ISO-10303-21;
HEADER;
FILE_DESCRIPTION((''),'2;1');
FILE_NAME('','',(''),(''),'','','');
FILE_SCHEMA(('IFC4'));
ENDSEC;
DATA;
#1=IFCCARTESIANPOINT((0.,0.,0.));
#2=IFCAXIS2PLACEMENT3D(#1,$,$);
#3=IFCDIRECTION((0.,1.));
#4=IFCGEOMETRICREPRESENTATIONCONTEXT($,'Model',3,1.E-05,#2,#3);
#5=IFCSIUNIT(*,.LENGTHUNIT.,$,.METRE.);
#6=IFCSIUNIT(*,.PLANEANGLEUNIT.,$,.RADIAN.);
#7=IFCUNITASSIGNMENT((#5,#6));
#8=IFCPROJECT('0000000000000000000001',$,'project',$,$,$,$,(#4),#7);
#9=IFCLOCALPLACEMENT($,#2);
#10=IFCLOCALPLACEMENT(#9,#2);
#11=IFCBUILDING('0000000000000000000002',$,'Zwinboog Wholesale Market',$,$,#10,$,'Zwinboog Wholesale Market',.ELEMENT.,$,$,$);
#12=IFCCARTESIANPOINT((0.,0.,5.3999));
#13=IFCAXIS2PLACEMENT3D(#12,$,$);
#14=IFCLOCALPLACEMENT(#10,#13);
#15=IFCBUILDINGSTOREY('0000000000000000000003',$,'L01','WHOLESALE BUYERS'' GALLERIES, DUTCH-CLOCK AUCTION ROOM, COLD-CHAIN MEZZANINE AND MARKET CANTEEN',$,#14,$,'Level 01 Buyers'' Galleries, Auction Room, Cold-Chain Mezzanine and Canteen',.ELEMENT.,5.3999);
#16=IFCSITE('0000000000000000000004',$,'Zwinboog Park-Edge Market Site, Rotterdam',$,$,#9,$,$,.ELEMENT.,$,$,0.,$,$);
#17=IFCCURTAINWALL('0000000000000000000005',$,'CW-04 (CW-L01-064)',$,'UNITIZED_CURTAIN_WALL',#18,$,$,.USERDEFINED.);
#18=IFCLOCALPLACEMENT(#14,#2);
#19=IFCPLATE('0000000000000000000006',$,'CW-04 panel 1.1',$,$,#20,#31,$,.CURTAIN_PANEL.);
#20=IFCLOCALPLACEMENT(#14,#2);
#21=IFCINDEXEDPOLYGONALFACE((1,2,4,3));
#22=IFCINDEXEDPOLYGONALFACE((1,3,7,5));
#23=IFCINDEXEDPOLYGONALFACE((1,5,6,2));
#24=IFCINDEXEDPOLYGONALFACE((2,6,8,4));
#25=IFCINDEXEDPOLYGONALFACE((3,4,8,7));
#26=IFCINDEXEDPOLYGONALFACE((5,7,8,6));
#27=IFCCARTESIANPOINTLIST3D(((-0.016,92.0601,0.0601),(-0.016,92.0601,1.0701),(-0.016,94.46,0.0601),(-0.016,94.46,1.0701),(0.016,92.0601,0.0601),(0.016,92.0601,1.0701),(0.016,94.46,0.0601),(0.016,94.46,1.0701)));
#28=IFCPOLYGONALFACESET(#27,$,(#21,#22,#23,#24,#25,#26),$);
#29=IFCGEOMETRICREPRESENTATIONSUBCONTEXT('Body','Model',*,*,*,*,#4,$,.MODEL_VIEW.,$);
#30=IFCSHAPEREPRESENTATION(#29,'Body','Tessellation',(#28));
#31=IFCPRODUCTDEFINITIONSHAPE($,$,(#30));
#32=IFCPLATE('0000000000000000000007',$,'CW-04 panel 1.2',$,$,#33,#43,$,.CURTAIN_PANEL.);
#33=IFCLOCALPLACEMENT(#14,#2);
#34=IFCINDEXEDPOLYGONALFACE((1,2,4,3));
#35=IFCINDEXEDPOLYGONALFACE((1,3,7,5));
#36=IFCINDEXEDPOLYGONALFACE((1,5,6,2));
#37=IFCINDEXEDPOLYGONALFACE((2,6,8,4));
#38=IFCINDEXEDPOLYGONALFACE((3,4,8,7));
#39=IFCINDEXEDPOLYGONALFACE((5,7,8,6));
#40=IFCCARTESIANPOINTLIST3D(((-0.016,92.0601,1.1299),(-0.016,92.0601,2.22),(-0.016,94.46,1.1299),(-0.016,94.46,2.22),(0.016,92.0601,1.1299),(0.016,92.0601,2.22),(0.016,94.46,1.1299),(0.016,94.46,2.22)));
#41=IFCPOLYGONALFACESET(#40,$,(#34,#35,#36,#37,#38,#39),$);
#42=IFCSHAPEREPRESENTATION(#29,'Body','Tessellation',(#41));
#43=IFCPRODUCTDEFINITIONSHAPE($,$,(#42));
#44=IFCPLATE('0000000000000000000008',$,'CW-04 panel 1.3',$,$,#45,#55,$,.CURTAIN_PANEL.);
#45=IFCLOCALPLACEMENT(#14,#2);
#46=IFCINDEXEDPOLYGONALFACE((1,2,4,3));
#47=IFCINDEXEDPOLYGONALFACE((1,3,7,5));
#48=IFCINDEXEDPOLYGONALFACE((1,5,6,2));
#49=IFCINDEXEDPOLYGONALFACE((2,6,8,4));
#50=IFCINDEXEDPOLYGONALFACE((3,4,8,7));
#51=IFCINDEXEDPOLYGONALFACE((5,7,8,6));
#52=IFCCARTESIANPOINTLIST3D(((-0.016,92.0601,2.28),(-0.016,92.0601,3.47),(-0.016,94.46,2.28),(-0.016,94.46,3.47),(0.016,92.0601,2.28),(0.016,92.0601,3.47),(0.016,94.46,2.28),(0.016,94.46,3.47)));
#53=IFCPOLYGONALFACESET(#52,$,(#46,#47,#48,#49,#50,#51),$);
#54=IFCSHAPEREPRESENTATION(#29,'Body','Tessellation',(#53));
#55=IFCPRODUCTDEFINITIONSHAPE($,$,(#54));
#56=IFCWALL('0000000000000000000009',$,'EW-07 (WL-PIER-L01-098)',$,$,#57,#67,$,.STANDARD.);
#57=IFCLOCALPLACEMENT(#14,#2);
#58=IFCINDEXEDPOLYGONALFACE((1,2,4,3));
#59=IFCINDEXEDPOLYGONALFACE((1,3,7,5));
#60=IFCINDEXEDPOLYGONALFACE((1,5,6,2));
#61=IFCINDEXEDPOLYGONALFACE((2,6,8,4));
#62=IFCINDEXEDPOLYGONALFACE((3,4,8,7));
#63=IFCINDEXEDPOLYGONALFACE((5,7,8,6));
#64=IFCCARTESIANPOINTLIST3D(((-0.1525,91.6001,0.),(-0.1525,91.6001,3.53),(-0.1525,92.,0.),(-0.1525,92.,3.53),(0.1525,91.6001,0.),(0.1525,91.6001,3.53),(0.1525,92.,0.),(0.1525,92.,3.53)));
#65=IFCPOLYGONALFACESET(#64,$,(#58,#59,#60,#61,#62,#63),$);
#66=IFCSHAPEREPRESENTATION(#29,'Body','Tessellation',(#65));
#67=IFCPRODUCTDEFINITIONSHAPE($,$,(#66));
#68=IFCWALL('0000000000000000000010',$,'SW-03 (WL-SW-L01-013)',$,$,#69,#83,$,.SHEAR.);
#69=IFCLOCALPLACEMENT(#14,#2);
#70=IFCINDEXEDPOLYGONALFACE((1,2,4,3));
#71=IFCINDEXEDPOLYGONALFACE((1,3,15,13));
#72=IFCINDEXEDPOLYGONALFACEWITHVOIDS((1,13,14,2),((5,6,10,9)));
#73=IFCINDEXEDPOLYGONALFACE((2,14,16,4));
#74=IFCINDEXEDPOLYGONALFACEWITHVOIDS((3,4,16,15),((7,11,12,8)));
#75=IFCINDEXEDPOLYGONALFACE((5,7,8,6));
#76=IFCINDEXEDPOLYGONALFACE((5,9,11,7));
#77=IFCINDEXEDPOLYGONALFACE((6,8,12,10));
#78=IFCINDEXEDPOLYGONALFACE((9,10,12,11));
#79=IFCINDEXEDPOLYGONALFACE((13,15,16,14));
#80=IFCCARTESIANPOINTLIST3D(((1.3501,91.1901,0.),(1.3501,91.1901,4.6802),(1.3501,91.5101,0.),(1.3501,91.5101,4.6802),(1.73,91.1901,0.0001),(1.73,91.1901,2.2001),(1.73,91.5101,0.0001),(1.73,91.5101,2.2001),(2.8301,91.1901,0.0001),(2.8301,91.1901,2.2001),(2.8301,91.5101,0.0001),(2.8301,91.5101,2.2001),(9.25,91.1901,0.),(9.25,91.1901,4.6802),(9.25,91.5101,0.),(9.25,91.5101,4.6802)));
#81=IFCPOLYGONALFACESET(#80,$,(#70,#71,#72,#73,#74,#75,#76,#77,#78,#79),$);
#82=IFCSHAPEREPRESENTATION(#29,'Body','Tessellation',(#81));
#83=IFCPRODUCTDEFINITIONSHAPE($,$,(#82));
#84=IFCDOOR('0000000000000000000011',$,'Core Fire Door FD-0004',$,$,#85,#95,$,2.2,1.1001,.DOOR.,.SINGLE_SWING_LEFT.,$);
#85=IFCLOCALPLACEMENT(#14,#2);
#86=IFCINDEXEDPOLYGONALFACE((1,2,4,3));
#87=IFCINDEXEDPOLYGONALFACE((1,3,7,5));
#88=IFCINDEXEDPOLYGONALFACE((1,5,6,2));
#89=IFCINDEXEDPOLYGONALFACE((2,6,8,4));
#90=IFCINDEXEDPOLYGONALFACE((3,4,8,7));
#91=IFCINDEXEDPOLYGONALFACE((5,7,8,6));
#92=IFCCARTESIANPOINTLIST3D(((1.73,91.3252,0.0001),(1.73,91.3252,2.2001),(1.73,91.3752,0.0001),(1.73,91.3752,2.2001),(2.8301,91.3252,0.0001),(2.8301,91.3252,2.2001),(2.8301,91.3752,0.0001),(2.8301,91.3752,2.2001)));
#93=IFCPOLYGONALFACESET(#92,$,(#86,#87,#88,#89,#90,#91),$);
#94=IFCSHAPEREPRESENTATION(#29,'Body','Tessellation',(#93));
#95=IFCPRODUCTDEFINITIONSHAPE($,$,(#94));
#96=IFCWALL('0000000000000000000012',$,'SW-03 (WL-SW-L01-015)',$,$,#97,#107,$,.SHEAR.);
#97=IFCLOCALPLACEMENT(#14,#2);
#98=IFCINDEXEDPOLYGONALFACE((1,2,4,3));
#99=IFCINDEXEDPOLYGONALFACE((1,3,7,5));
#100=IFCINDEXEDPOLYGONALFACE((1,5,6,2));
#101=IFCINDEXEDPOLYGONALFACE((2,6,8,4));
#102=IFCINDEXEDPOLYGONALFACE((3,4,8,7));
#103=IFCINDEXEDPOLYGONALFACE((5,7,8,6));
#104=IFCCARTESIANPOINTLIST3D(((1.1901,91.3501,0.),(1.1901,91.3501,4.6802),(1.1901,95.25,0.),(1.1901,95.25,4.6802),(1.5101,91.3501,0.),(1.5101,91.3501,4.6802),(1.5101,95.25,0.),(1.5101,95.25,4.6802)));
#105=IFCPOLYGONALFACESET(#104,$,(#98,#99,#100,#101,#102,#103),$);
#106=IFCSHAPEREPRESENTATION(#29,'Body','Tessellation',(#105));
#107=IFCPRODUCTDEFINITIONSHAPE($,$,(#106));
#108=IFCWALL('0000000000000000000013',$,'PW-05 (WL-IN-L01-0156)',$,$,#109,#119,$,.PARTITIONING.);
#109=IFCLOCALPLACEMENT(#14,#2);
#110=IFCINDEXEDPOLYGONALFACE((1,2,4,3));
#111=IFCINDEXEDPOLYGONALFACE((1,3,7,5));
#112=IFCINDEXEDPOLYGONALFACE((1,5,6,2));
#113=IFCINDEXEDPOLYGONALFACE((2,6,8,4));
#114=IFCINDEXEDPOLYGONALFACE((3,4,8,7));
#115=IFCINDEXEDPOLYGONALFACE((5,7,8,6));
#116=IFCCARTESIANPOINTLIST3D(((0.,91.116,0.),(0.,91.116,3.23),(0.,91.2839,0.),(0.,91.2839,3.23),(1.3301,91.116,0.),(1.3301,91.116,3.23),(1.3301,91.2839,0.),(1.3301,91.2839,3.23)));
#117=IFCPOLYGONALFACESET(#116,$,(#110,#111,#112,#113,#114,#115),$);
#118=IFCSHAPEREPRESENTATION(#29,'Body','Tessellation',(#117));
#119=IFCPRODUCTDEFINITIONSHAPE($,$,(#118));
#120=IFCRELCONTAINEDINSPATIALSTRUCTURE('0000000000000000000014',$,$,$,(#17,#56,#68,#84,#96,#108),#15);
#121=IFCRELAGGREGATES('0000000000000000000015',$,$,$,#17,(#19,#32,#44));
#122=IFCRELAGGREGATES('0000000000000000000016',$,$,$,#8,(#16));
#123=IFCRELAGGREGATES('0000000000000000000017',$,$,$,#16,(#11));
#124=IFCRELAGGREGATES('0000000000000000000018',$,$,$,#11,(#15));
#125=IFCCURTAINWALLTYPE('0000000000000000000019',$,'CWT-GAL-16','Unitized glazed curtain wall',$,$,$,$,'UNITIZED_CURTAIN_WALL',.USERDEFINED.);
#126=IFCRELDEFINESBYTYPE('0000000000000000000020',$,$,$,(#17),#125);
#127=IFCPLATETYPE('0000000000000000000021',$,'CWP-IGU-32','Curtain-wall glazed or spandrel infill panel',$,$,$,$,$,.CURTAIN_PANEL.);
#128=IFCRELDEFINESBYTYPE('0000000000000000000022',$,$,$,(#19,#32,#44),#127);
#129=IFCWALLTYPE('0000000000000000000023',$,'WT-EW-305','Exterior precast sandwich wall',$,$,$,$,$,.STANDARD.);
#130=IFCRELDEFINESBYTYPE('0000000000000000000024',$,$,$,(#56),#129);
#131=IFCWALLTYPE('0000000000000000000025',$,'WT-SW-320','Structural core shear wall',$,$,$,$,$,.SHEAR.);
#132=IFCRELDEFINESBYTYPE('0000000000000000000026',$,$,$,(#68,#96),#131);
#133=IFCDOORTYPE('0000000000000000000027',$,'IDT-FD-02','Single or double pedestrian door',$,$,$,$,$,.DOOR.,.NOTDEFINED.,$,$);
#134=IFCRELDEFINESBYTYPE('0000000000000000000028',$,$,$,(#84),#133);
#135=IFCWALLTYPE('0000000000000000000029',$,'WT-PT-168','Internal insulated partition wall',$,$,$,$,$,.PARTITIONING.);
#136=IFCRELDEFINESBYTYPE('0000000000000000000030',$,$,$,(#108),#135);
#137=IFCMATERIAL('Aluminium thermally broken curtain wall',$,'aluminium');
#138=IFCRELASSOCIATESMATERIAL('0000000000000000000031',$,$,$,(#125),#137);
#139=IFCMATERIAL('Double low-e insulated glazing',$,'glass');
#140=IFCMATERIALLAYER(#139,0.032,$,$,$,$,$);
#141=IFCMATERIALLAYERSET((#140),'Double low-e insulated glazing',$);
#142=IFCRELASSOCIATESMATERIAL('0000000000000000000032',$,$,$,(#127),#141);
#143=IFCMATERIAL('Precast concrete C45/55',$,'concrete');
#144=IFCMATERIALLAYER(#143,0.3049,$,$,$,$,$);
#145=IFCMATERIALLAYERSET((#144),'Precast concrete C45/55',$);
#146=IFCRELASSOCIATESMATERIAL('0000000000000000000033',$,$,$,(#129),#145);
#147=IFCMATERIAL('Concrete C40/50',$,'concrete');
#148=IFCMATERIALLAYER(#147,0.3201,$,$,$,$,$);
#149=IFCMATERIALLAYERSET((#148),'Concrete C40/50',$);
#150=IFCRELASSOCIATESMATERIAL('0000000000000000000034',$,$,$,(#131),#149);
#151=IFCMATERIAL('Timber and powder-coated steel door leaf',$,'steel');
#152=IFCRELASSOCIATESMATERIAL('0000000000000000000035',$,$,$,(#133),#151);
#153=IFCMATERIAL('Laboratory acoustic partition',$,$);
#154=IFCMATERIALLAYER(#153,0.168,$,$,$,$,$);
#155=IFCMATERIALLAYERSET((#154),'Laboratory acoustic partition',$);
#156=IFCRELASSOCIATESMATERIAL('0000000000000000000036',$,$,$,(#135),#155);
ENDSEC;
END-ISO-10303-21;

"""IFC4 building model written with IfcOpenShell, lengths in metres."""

from ifc_helpers import new_model, si_unit, direction, frame, frame_2d, origin, origin_2d, place, context, subcontext, project, spatial, rectangle, extrude, material, layer, layer_set, type_object, element, fill, aggregate, save


model = new_model("IFC4")

# Units and contexts
model_context = context("Model", 3, precision=1e-05, world=origin(), true_north=direction((0.0, 1.0)))
body_context = subcontext(model_context, "Body", "Model", "MODEL_VIEW")
ifc_project = project(units=[si_unit("LENGTHUNIT", "METRE"), si_unit("PLANEANGLEUNIT", "RADIAN")], contexts=[model_context])

# Site, building, storey
site_placement = place(None, origin())
site = spatial("IfcSite", under=ifc_project, at=site_placement, Name="Zwinboog Park-Edge Market Site, Rotterdam", CompositionType="ELEMENT", RefElevation=0.0)
building_placement = place(site_placement, origin())
building = spatial("IfcBuilding", under=site, at=building_placement, Name="Zwinboog Wholesale Market", LongName="Zwinboog Wholesale Market", CompositionType="ELEMENT")
storey_placement = place(building_placement, frame((0.0, 0.0, 5.3999)))
storey = spatial("IfcBuildingStorey", under=building, at=storey_placement, Name="L01", Description="WHOLESALE BUYERS' GALLERIES, DUTCH-CLOCK AUCTION ROOM, COLD-CHAIN MEZZANINE AND MARKET CANTEEN", LongName="Level 01 Buyers' Galleries, Auction Room, Cold-Chain Mezzanine and Canteen", CompositionType="ELEMENT", Elevation=5.3999)

# Shared definitions
ifc_material_1 = material(Name="Aluminium thermally broken curtain wall", Category="aluminium")

# Curtain wall
curtain_wall_type_1 = type_object("IfcCurtainWallType", Name="CWT-GAL-16", Description="Unitized glazed curtain wall", ElementType="UNITIZED_CURTAIN_WALL", PredefinedType="USERDEFINED", material=ifc_material_1)
curtain_wall_1_placement = place(storey_placement, origin())
curtain_wall_1 = element("IfcCurtainWall", 1, at=curtain_wall_1_placement, inside=storey, type_object=curtain_wall_type_1, Name="CW-04 (CW-L01-064)", ObjectType="UNITIZED_CURTAIN_WALL", PredefinedType="USERDEFINED")

# Plates
ifc_material_2 = material(Name="Double low-e insulated glazing", Category="glass")
ifc_layer_1 = layer(ifc_material_2, 0.032)
ifc_layer_set_1 = layer_set([ifc_layer_1], Name="Double low-e insulated glazing")
plate_type = type_object("IfcPlateType", Name="CWP-IGU-32", Description="Curtain-wall glazed or spandrel infill panel", PredefinedType="CURTAIN_PANEL", material=ifc_layer_set_1)
plate_1_placement = place(storey_placement, frame((0.0, 93.26, 0.0601), z_axis=(0.0, 0.0, 1.0), x_axis=(0.0, 1.0, 0.0)))
plate_1 = element("IfcPlate", 2, at=plate_1_placement, type_object=plate_type, Name="CW-04 panel 1.1", PredefinedType="CURTAIN_PANEL", context=body_context, shape_type="SweptSolid", body=[
    extrude(rectangle(XDim=2.3999, YDim=0.032, at=origin_2d()), origin(), (0.0, 0.0, 1.0), 1.01),
])
plate_2_placement = place(storey_placement, frame((0.0, 93.26, 1.1299), z_axis=(0.0, 0.0, 1.0), x_axis=(0.0, 1.0, 0.0)))
plate_2 = element("IfcPlate", 3, at=plate_2_placement, type_object=plate_type, Name="CW-04 panel 1.2", PredefinedType="CURTAIN_PANEL", context=body_context, shape_type="SweptSolid", body=[
    extrude(rectangle(XDim=2.3999, YDim=0.032, at=origin_2d()), origin(), (0.0, 0.0, 1.0), 1.0901),
])
plate_3_placement = place(storey_placement, frame((0.0, 93.26, 2.28), z_axis=(0.0, 0.0, 1.0), x_axis=(0.0, 1.0, 0.0)))
plate_3 = element("IfcPlate", 4, at=plate_3_placement, type_object=plate_type, Name="CW-04 panel 1.3", PredefinedType="CURTAIN_PANEL", context=body_context, shape_type="SweptSolid", body=[
    extrude(rectangle(XDim=2.3999, YDim=0.032, at=origin_2d()), origin(), (0.0, 0.0, 1.0), 1.1899),
])
aggregate(curtain_wall_1, [plate_1, plate_2, plate_3])

# Wall
ifc_material_3 = material(Name="Precast concrete C45/55", Category="concrete")
ifc_layer_2 = layer(ifc_material_3, 0.3049)
ifc_layer_set_2 = layer_set([ifc_layer_2], Name="Precast concrete C45/55")
wall_type_1 = type_object("IfcWallType", Name="WT-EW-305", Description="Exterior precast sandwich wall", PredefinedType="STANDARD", material=ifc_layer_set_2)
wall_1_placement = place(storey_placement, frame((0.0, 91.6001, 0.0), z_axis=(0.0, 0.0, 1.0), x_axis=(0.0, 1.0, 0.0)))
element("IfcWall", 5, at=wall_1_placement, inside=storey, type_object=wall_type_1, Name="EW-07 (WL-PIER-L01-098)", PredefinedType="STANDARD", context=body_context, shape_type="SweptSolid", body=[
    extrude(rectangle(XDim=0.3999, YDim=0.3049, at=frame_2d((0.2, 0.0))), origin(), (0.0, 0.0, 1.0), 3.53),
])

# Wall, opening, door
ifc_material_4 = material(Name="Concrete C40/50", Category="concrete")
ifc_layer_3 = layer(ifc_material_4, 0.3201)
ifc_layer_set_3 = layer_set([ifc_layer_3], Name="Concrete C40/50")
wall_type_2 = type_object("IfcWallType", Name="WT-SW-320", Description="Structural core shear wall", PredefinedType="SHEAR", material=ifc_layer_set_3)
wall_2_placement = place(storey_placement, frame((1.3501, 91.3501, 0.0), z_axis=(0.0, 0.0, 1.0), x_axis=(1.0, 0.0, 0.0)))
wall_2 = element("IfcWall", 6, at=wall_2_placement, inside=storey, type_object=wall_type_2, Name="SW-03 (WL-SW-L01-013)", PredefinedType="SHEAR", context=body_context, shape_type="SweptSolid", body=[
    extrude(rectangle(XDim=7.8999, YDim=0.3201, at=frame_2d((3.95, 0.0))), origin(), (0.0, 0.0, 1.0), 4.6802),
])
opening_placement = place(wall_2_placement, frame((0.3799, 0.0, 0.0)))
opening = element("IfcOpeningElement", 7, at=opening_placement, cuts=wall_2, PredefinedType="OPENING", context=body_context, shape_type="SweptSolid", body=[
    extrude(rectangle(XDim=1.1001, YDim=2.2, at=frame_2d((0.55, 1.1001))), frame((0.0, 0.1699, 0.0), z_axis=(0.0, -1.0, 0.0), x_axis=(1.0, 0.0, 0.0)), (0.0, 0.0, 1.0), 0.3401),
])
ifc_material_5 = material(Name="Timber and powder-coated steel door leaf", Category="steel")
door_type = type_object("IfcDoorType", Name="IDT-FD-02", Description="Single or double pedestrian door", OperationType="NOTDEFINED", PredefinedType="DOOR", material=ifc_material_5)
door_placement = place(opening_placement, frame((1.1001, 0.0, 0.0), z_axis=(0.0, 0.0, 1.0), x_axis=(-1.0, 0.0, 0.0)))
door = element("IfcDoor", 8, at=door_placement, inside=storey, type_object=door_type, Name="Core Fire Door FD-0004", OperationType="SINGLE_SWING_LEFT", OverallHeight=2.2, OverallWidth=1.1001, PredefinedType="DOOR", context=body_context, shape_type="SweptSolid", body=[
    extrude(rectangle(XDim=1.1001, YDim=2.2, at=frame_2d((0.55, 1.1001))), frame((0.0, 0.0249, 0.0), z_axis=(0.0, -1.0, 0.0), x_axis=(1.0, 0.0, 0.0)), (0.0, 0.0, 1.0), 0.05),
])
fill(opening, door)

# Walls
wall_3_placement = place(storey_placement, frame((1.3501, 91.3501, 0.0), z_axis=(0.0, 0.0, 1.0), x_axis=(0.0, 1.0, 0.0)))
element("IfcWall", 9, at=wall_3_placement, inside=storey, type_object=wall_type_2, Name="SW-03 (WL-SW-L01-015)", PredefinedType="SHEAR", context=body_context, shape_type="SweptSolid", body=[
    extrude(rectangle(XDim=3.8999, YDim=0.3201, at=frame_2d((1.95, 0.0))), origin(), (0.0, 0.0, 1.0), 4.6802),
])
ifc_material_6 = material(Name="Laboratory acoustic partition")
ifc_layer_4 = layer(ifc_material_6, 0.168)
ifc_layer_set_4 = layer_set([ifc_layer_4], Name="Laboratory acoustic partition")
wall_type_3 = type_object("IfcWallType", Name="WT-PT-168", Description="Internal insulated partition wall", PredefinedType="PARTITIONING", material=ifc_layer_set_4)
wall_4_placement = place(storey_placement, frame((0.0, 91.2, 0.0), z_axis=(0.0, 0.0, 1.0), x_axis=(1.0, 0.0, 0.0)))
element("IfcWall", 10, at=wall_4_placement, inside=storey, type_object=wall_type_3, Name="PW-05 (WL-IN-L01-0156)", PredefinedType="PARTITIONING", context=body_context, shape_type="SweptSolid", body=[
    extrude(rectangle(XDim=1.3301, YDim=0.168, at=frame_2d((0.665, 0.0))), origin(), (0.0, 0.0, 1.0), 3.23),
])

save(model, "model.ifc")
